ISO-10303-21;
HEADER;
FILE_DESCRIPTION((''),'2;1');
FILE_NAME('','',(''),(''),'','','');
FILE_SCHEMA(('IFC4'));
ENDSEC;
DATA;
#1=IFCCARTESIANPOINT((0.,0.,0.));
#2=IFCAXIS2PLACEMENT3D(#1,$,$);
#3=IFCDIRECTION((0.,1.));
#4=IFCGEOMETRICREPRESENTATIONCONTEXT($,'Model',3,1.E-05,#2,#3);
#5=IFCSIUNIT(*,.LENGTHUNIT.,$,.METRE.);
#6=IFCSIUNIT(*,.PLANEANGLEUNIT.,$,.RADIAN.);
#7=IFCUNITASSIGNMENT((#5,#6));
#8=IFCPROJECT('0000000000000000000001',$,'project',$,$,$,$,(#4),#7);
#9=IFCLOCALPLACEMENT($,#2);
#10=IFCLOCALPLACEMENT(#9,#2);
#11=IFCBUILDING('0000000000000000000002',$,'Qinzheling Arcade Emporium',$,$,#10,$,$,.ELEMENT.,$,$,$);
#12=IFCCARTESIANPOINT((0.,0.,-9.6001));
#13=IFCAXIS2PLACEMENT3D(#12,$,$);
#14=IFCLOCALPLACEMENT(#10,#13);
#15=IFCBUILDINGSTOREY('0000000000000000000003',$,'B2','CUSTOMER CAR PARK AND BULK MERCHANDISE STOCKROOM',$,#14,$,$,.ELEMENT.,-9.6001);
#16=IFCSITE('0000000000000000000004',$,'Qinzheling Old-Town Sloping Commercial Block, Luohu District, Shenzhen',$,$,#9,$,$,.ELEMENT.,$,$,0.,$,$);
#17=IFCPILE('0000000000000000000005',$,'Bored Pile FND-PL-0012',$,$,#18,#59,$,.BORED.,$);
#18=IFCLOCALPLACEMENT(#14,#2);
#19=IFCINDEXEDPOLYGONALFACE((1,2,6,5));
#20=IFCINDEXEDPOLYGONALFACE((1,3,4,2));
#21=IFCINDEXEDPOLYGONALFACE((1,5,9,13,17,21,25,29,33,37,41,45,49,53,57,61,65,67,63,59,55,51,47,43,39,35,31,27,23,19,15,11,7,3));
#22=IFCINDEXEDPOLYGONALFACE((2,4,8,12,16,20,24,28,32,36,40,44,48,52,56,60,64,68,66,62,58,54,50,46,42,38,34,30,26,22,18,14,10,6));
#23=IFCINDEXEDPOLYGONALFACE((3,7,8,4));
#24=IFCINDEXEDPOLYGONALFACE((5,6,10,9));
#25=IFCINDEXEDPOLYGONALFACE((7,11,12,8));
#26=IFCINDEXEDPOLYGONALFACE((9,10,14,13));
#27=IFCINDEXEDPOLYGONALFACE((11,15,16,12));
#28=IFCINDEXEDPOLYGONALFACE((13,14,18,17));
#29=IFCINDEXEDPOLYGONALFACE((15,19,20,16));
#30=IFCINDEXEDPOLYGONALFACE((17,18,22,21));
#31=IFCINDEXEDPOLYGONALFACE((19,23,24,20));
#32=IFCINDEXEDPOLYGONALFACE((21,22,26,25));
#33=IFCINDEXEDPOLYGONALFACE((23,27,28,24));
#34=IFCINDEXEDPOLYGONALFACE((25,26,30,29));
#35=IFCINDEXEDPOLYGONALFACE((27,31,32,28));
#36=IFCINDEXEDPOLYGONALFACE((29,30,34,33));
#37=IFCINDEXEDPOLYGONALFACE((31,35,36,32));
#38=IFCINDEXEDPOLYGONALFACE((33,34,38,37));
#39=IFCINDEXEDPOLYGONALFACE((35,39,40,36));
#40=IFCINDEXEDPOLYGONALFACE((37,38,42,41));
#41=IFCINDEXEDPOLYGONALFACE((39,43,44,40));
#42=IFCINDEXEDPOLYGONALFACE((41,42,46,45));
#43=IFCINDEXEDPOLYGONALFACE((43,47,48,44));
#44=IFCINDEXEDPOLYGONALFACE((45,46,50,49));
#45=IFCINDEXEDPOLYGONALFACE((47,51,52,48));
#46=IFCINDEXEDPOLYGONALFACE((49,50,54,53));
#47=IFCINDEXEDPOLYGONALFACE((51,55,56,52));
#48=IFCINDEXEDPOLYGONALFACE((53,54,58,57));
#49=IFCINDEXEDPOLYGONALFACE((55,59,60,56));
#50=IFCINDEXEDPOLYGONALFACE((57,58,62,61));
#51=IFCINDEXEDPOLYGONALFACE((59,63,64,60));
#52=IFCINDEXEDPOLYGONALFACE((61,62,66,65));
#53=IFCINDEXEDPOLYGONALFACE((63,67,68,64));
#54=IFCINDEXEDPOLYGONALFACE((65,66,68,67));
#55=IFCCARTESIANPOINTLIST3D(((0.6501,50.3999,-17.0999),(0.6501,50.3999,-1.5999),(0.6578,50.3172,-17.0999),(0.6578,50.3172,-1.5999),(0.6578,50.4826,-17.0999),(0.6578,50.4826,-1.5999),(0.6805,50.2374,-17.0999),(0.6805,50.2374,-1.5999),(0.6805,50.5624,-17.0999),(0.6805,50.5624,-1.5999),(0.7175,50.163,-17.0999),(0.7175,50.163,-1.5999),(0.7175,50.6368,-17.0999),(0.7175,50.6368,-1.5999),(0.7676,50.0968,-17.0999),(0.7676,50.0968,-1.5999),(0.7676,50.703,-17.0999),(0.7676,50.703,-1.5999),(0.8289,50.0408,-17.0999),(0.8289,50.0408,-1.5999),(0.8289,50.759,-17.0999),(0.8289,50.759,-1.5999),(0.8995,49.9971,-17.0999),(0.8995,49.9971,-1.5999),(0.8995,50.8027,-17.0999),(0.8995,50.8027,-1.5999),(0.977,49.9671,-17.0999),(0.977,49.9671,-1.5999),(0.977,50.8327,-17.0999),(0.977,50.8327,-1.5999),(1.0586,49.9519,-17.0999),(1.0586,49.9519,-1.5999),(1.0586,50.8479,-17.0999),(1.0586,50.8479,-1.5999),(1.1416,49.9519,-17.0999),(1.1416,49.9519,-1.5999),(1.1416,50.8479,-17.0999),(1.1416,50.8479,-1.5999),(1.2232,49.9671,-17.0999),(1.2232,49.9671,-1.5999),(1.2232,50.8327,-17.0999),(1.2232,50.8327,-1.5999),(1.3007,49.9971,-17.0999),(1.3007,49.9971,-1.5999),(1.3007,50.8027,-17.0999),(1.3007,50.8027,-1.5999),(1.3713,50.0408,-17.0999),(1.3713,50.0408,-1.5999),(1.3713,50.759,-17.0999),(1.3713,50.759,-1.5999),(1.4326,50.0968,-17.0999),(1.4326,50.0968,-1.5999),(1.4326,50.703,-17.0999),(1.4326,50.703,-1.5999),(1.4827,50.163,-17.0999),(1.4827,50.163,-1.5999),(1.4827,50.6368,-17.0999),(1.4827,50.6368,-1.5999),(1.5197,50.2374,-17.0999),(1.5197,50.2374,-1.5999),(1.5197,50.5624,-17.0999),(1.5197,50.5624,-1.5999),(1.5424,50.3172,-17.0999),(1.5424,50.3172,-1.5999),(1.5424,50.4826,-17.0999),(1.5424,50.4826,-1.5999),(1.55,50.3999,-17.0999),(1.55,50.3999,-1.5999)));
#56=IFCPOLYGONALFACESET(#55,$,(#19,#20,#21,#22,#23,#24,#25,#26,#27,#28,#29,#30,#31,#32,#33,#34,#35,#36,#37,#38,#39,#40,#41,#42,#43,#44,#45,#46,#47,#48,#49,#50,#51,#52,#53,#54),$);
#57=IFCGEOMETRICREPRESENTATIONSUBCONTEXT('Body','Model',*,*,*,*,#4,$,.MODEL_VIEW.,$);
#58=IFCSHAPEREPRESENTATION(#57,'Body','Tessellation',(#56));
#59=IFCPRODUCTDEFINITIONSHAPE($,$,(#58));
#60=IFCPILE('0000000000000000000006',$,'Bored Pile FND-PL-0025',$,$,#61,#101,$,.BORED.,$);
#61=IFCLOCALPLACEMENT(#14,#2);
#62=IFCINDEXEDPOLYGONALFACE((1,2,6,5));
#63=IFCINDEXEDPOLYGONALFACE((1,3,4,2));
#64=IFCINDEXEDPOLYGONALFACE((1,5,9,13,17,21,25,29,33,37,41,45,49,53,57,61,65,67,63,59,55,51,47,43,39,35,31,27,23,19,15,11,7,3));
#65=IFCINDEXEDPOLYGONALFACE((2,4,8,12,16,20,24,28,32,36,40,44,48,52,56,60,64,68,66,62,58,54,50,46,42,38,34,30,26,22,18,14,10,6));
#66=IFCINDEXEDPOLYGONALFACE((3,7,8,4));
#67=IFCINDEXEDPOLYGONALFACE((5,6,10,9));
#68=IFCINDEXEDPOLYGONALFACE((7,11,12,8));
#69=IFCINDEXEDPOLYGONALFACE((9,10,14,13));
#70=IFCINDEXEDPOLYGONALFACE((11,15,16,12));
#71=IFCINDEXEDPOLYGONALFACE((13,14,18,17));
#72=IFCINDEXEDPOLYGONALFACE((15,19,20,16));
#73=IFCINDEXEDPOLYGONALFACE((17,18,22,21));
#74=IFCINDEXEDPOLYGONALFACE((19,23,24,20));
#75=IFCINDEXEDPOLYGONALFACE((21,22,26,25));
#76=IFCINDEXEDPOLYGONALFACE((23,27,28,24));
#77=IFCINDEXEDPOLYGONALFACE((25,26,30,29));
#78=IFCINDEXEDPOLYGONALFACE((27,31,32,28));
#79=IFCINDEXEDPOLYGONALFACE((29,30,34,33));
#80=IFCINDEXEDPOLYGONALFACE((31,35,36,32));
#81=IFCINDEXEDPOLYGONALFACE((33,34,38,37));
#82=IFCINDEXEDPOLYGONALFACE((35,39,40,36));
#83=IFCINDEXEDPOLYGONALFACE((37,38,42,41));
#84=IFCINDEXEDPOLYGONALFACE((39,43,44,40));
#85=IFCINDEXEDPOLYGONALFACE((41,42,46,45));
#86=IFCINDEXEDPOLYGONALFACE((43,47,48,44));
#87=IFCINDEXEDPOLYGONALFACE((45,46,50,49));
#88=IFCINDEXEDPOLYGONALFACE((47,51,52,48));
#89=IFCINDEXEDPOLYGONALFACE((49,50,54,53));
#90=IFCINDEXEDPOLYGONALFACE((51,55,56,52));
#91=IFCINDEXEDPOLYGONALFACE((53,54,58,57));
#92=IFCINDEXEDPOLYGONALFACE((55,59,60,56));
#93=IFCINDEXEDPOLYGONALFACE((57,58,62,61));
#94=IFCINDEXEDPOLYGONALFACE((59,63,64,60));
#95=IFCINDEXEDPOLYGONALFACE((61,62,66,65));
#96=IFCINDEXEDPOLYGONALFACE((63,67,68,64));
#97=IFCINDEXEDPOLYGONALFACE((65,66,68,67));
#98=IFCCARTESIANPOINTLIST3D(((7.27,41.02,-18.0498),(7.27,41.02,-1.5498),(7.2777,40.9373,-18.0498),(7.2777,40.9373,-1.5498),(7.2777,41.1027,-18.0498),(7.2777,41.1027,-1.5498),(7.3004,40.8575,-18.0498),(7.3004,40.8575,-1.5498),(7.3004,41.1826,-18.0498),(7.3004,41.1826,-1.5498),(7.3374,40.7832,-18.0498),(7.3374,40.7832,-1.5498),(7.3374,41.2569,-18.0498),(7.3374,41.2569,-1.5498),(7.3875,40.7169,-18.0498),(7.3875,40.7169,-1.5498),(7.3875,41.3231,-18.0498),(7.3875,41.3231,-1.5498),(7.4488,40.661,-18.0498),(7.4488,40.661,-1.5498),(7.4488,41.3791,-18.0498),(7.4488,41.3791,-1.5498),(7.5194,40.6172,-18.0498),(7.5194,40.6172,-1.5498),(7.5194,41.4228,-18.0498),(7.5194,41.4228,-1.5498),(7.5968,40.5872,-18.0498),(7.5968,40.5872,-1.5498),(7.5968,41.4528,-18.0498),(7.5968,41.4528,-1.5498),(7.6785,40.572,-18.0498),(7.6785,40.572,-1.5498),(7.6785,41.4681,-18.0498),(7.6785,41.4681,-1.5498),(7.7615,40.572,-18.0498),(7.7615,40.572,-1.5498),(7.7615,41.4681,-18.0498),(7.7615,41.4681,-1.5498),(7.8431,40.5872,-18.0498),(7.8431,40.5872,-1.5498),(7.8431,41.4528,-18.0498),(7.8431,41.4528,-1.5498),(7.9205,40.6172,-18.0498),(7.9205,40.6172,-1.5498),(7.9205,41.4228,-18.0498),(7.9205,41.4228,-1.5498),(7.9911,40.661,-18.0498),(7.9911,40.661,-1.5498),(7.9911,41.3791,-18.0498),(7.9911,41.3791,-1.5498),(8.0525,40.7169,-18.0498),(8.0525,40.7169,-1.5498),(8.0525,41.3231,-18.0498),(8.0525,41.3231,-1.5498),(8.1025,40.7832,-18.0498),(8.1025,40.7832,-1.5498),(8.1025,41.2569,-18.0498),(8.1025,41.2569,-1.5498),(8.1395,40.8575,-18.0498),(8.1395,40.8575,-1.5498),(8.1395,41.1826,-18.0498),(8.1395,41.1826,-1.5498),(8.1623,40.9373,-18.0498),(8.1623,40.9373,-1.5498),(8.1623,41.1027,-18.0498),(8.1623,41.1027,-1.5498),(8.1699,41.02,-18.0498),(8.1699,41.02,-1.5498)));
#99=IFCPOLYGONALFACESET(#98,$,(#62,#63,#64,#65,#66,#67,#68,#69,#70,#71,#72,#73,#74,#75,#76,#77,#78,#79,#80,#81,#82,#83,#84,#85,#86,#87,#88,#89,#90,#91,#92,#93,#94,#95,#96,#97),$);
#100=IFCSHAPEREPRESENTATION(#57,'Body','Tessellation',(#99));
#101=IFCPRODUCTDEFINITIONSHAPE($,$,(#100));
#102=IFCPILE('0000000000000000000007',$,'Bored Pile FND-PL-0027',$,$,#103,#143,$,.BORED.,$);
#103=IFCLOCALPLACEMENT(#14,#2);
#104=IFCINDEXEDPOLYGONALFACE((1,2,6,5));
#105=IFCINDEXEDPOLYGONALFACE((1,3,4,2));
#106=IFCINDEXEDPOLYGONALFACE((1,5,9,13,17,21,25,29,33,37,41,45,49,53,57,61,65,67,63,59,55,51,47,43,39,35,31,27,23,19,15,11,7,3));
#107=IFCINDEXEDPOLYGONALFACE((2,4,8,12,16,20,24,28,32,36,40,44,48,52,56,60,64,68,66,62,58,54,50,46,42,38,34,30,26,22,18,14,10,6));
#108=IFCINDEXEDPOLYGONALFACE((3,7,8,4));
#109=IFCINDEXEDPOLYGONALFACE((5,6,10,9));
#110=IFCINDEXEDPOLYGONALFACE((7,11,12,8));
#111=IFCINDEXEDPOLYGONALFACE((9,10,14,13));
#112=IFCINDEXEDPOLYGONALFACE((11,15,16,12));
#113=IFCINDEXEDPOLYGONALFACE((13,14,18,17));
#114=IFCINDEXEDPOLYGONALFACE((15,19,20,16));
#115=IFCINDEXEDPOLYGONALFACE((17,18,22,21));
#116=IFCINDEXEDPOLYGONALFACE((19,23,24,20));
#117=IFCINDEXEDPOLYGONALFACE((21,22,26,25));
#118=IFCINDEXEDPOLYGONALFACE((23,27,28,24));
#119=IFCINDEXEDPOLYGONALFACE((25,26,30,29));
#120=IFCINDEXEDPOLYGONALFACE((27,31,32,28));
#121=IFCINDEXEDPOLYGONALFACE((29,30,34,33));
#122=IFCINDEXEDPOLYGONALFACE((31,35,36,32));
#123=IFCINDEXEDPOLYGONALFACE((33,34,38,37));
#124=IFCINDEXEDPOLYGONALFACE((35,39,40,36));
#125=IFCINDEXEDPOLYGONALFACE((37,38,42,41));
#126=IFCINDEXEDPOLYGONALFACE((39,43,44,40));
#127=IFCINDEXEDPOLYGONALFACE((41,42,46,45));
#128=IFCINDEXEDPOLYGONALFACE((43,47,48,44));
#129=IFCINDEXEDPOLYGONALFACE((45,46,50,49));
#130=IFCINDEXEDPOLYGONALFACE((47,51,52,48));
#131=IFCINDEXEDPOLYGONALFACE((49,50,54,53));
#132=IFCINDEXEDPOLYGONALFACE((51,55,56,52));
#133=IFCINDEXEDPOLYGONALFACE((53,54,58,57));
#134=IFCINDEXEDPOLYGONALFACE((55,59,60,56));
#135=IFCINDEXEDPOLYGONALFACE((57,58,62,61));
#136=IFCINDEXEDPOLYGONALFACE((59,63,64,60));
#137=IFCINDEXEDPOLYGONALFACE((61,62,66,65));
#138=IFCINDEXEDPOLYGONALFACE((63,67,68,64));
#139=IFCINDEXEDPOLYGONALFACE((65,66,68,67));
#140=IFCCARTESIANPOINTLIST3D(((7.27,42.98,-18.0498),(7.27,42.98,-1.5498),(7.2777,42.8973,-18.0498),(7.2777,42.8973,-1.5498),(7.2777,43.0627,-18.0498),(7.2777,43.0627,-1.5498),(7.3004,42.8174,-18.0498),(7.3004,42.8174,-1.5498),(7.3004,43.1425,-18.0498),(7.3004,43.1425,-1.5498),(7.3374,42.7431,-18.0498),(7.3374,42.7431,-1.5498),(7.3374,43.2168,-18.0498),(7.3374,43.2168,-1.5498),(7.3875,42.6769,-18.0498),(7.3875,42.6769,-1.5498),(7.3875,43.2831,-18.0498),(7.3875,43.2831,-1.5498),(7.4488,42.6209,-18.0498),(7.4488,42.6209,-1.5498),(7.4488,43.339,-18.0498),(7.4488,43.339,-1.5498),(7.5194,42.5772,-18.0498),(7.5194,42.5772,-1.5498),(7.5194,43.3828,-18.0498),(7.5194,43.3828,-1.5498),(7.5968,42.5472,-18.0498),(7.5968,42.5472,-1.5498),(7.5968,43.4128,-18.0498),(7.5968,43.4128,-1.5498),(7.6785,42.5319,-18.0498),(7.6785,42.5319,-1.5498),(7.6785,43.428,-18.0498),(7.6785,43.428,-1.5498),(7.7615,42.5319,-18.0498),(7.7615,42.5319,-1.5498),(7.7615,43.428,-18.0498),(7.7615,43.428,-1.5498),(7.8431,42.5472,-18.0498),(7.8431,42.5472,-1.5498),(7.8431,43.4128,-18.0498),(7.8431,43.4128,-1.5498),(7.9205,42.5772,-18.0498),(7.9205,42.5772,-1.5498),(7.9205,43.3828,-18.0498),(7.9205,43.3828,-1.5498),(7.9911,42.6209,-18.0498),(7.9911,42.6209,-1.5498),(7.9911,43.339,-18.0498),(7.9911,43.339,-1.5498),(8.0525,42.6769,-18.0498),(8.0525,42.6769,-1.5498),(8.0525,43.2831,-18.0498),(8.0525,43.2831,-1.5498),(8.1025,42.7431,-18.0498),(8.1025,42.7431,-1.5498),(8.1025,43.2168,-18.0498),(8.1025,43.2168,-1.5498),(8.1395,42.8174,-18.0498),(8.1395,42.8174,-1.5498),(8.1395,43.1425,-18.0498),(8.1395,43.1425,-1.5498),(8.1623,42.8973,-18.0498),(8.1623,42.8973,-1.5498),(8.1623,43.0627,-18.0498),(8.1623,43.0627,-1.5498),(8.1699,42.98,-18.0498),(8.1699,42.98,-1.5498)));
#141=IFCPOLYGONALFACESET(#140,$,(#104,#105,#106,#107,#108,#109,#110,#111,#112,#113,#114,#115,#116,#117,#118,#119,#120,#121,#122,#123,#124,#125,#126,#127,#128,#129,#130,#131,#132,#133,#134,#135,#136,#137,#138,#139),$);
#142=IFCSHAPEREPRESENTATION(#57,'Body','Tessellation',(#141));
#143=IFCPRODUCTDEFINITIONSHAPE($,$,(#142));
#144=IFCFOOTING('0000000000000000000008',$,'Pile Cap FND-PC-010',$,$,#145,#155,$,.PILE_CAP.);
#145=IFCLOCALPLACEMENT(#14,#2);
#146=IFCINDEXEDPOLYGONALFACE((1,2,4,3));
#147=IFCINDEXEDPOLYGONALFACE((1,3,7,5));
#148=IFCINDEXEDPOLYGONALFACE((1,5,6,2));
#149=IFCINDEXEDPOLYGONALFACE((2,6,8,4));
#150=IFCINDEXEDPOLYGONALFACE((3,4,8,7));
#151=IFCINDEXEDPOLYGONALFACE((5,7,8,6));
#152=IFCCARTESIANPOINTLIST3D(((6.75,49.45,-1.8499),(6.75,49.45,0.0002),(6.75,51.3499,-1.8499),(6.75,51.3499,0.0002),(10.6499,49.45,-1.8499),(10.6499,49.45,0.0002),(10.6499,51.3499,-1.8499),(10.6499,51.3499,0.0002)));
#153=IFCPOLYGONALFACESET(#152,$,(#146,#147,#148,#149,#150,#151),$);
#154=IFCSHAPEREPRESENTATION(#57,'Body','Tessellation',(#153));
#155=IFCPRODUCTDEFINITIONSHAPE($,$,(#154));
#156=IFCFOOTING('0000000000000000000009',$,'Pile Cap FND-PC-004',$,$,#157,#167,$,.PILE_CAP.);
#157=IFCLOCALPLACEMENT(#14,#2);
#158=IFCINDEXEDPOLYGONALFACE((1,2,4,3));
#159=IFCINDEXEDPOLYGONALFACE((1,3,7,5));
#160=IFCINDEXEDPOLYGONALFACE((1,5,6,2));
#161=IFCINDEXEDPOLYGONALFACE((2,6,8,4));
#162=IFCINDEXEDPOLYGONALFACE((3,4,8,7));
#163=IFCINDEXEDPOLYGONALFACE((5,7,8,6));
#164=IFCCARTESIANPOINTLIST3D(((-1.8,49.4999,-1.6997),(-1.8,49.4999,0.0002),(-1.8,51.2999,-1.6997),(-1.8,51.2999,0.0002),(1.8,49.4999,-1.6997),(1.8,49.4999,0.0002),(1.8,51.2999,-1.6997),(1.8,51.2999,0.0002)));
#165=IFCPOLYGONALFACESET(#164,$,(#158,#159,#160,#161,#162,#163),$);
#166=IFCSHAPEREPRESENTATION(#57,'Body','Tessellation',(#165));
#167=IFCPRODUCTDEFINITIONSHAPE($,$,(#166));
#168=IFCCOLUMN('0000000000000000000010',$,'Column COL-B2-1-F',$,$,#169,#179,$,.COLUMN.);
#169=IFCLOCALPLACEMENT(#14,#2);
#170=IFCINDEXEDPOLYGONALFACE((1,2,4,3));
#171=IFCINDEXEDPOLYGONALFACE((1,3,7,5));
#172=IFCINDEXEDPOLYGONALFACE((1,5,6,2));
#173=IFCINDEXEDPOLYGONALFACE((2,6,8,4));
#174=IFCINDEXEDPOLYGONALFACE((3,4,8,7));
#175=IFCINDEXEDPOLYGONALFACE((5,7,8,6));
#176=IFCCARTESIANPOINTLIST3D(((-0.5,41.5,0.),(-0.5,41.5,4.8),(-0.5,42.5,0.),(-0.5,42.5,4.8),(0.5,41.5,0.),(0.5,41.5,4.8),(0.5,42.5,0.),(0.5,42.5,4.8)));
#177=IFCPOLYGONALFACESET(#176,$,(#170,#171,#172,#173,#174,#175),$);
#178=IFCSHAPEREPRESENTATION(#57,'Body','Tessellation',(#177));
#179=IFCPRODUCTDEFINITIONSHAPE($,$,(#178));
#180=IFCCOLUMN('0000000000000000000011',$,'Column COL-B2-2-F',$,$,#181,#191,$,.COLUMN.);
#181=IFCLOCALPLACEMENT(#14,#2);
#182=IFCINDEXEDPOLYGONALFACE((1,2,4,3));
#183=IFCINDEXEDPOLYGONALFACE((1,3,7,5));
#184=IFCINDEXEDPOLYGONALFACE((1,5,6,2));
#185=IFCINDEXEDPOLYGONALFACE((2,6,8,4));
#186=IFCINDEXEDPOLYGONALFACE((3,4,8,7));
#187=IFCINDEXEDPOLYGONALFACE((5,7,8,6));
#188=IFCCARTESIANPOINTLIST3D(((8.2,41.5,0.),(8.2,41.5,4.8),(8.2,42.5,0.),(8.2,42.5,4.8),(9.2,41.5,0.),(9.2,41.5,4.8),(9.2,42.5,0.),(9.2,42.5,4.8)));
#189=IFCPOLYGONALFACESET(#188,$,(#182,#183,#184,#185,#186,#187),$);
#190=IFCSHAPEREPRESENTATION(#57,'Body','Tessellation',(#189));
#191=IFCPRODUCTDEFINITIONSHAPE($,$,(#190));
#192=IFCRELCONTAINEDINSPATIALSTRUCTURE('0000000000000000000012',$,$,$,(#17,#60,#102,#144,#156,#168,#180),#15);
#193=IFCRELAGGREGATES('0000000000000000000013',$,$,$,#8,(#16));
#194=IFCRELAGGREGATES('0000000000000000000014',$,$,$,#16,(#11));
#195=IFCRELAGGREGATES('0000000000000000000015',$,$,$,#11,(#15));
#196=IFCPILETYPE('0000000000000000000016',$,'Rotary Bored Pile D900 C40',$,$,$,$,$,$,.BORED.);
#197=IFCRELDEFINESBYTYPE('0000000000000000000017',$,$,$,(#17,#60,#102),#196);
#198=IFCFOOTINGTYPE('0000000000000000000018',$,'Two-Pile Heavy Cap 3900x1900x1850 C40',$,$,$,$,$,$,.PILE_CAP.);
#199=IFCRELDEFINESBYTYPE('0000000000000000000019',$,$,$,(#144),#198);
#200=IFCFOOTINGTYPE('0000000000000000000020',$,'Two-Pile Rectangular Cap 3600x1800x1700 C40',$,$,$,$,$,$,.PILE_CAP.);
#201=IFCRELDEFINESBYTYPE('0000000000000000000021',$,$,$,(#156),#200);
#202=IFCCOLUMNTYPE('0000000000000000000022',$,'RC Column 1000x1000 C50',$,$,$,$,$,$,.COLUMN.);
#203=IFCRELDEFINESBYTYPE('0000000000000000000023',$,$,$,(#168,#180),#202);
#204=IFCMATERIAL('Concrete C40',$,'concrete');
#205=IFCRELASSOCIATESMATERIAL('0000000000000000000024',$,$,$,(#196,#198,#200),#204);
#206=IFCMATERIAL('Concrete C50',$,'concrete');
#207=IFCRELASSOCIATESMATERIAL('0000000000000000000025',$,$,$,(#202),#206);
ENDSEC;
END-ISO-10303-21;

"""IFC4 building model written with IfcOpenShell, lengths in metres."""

from ifc_helpers import new_model, si_unit, direction, frame, origin, origin_2d, place, context, subcontext, project, spatial, rectangle, circle, extrude, material, material_profile, profile_set, type_object, element, save


model = new_model("IFC4")

# Units and contexts
model_context = context("Model", 3, precision=1e-05, world=origin(), true_north=direction((0.0, 1.0)))
body_context = subcontext(model_context, "Body", "Model", "MODEL_VIEW")
ifc_project = project(units=[si_unit("LENGTHUNIT", "METRE"), si_unit("PLANEANGLEUNIT", "RADIAN")], contexts=[model_context])

# Site, building, storey
site_placement = place(None, origin())
site = spatial("IfcSite", under=ifc_project, at=site_placement, Name="Qinzheling Old-Town Sloping Commercial Block, Luohu District, Shenzhen", CompositionType="ELEMENT", RefElevation=0.0)
building_placement = place(site_placement, origin())
building = spatial("IfcBuilding", under=site, at=building_placement, Name="Qinzheling Arcade Emporium", CompositionType="ELEMENT")
storey_placement = place(building_placement, frame((0.0, 0.0, -9.6001)))
storey = spatial("IfcBuildingStorey", under=building, at=storey_placement, Name="B2", Description="CUSTOMER CAR PARK AND BULK MERCHANDISE STOCKROOM", CompositionType="ELEMENT", Elevation=-9.6001)

# Shared definitions
ifc_material_1 = material(Name="Concrete C40", Category="concrete")

# Piles
ifc_material_profile_1 = material_profile(ifc_material_1, circle(Radius=0.45, at=origin_2d()), Name="BORED D900", Category="concrete")
ifc_profile_set_1 = profile_set([ifc_material_profile_1], Name="Concrete C40")
pile_type_1 = type_object("IfcPileType", Name="Rotary Bored Pile D900 C40", PredefinedType="BORED", material=ifc_profile_set_1)
for number, where, z_axis, x_axis, name in (
    (1, (1.1001, 50.3999, -1.5999), (0.0, 0.0, -1.0), (1.0, 0.0, 0.0), "Bored Pile FND-PL-0012"),
):
    element("IfcPile", number, at=place(storey_placement, frame(where, z_axis=z_axis, x_axis=x_axis)), inside=storey, type_object=pile_type_1, Name=name, PredefinedType="BORED", context=body_context, shape_type="SweptSolid", body=[
        extrude(circle(Radius=0.45, at=origin_2d()), origin(), (0.0, 0.0, 1.0), 15.5),
    ])
for number, where, z_axis, x_axis, name in (
    (2, (7.72, 41.02, -1.5498), (0.0, 0.0, -1.0), (1.0, 0.0, 0.0), "Bored Pile FND-PL-0025"),
    (3, (7.72, 42.98, -1.5498), (0.0, 0.0, -1.0), (1.0, 0.0, 0.0), "Bored Pile FND-PL-0027"),
):
    element("IfcPile", number, at=place(storey_placement, frame(where, z_axis=z_axis, x_axis=x_axis)), inside=storey, type_object=pile_type_1, Name=name, PredefinedType="BORED", context=body_context, shape_type="SweptSolid", body=[
        extrude(circle(Radius=0.45, at=origin_2d()), origin(), (0.0, 0.0, 1.0), 16.5),
    ])

# Footings
footing_type_1 = type_object("IfcFootingType", Name="Two-Pile Heavy Cap 3900x1900x1850 C40", PredefinedType="PILE_CAP", material=ifc_material_1)
footing_1_placement = place(storey_placement, frame((8.7, 50.3999, -1.8499), z_axis=(0.0, 0.0, 1.0), x_axis=(1.0, 0.0, 0.0)))
element("IfcFooting", 4, at=footing_1_placement, inside=storey, type_object=footing_type_1, Name="Pile Cap FND-PC-010", PredefinedType="PILE_CAP", context=body_context, shape_type="SweptSolid", body=[
    extrude(rectangle(XDim=3.8999, YDim=1.8999, at=origin_2d()), origin(), (0.0, 0.0, 1.0), 1.8501),
])
footing_type_2 = type_object("IfcFootingType", Name="Two-Pile Rectangular Cap 3600x1800x1700 C40", PredefinedType="PILE_CAP", material=ifc_material_1)
footing_2_placement = place(storey_placement, frame((0.0, 50.3999, -1.6997), z_axis=(0.0, 0.0, 1.0), x_axis=(1.0, 0.0, 0.0)))
element("IfcFooting", 5, at=footing_2_placement, inside=storey, type_object=footing_type_2, Name="Pile Cap FND-PC-004", PredefinedType="PILE_CAP", context=body_context, shape_type="SweptSolid", body=[
    extrude(rectangle(XDim=3.6001, YDim=1.8, at=origin_2d()), origin(), (0.0, 0.0, 1.0), 1.7),
])

# Columns
ifc_material_2 = material(Name="Concrete C50", Category="concrete")
ifc_material_profile_2 = material_profile(ifc_material_2, rectangle(XDim=1.0, YDim=1.0, at=origin_2d()), Name="RC 1000x1000", Category="concrete")
ifc_profile_set_2 = profile_set([ifc_material_profile_2], Name="Concrete C50")
column_type_1 = type_object("IfcColumnType", Name="RC Column 1000x1000 C50", PredefinedType="COLUMN", material=ifc_profile_set_2)
for number, where, z_axis, x_axis, name in (
    (6, (0.0, 42.0, 0.0), (0.0, 0.0, 1.0), (1.0, 0.0, 0.0), "Column COL-B2-1-F"),
    (7, (8.7, 42.0, 0.0), (0.0, 0.0, 1.0), (1.0, 0.0, 0.0), "Column COL-B2-2-F"),
):
    element("IfcColumn", number, at=place(storey_placement, frame(where, z_axis=z_axis, x_axis=x_axis)), inside=storey, type_object=column_type_1, Name=name, PredefinedType="COLUMN", context=body_context, shape_type="SweptSolid", body=[
        extrude(rectangle(XDim=1.0, YDim=1.0, at=origin_2d()), origin(), (0.0, 0.0, 1.0), 4.8),
    ])

save(model, "model.ifc")
